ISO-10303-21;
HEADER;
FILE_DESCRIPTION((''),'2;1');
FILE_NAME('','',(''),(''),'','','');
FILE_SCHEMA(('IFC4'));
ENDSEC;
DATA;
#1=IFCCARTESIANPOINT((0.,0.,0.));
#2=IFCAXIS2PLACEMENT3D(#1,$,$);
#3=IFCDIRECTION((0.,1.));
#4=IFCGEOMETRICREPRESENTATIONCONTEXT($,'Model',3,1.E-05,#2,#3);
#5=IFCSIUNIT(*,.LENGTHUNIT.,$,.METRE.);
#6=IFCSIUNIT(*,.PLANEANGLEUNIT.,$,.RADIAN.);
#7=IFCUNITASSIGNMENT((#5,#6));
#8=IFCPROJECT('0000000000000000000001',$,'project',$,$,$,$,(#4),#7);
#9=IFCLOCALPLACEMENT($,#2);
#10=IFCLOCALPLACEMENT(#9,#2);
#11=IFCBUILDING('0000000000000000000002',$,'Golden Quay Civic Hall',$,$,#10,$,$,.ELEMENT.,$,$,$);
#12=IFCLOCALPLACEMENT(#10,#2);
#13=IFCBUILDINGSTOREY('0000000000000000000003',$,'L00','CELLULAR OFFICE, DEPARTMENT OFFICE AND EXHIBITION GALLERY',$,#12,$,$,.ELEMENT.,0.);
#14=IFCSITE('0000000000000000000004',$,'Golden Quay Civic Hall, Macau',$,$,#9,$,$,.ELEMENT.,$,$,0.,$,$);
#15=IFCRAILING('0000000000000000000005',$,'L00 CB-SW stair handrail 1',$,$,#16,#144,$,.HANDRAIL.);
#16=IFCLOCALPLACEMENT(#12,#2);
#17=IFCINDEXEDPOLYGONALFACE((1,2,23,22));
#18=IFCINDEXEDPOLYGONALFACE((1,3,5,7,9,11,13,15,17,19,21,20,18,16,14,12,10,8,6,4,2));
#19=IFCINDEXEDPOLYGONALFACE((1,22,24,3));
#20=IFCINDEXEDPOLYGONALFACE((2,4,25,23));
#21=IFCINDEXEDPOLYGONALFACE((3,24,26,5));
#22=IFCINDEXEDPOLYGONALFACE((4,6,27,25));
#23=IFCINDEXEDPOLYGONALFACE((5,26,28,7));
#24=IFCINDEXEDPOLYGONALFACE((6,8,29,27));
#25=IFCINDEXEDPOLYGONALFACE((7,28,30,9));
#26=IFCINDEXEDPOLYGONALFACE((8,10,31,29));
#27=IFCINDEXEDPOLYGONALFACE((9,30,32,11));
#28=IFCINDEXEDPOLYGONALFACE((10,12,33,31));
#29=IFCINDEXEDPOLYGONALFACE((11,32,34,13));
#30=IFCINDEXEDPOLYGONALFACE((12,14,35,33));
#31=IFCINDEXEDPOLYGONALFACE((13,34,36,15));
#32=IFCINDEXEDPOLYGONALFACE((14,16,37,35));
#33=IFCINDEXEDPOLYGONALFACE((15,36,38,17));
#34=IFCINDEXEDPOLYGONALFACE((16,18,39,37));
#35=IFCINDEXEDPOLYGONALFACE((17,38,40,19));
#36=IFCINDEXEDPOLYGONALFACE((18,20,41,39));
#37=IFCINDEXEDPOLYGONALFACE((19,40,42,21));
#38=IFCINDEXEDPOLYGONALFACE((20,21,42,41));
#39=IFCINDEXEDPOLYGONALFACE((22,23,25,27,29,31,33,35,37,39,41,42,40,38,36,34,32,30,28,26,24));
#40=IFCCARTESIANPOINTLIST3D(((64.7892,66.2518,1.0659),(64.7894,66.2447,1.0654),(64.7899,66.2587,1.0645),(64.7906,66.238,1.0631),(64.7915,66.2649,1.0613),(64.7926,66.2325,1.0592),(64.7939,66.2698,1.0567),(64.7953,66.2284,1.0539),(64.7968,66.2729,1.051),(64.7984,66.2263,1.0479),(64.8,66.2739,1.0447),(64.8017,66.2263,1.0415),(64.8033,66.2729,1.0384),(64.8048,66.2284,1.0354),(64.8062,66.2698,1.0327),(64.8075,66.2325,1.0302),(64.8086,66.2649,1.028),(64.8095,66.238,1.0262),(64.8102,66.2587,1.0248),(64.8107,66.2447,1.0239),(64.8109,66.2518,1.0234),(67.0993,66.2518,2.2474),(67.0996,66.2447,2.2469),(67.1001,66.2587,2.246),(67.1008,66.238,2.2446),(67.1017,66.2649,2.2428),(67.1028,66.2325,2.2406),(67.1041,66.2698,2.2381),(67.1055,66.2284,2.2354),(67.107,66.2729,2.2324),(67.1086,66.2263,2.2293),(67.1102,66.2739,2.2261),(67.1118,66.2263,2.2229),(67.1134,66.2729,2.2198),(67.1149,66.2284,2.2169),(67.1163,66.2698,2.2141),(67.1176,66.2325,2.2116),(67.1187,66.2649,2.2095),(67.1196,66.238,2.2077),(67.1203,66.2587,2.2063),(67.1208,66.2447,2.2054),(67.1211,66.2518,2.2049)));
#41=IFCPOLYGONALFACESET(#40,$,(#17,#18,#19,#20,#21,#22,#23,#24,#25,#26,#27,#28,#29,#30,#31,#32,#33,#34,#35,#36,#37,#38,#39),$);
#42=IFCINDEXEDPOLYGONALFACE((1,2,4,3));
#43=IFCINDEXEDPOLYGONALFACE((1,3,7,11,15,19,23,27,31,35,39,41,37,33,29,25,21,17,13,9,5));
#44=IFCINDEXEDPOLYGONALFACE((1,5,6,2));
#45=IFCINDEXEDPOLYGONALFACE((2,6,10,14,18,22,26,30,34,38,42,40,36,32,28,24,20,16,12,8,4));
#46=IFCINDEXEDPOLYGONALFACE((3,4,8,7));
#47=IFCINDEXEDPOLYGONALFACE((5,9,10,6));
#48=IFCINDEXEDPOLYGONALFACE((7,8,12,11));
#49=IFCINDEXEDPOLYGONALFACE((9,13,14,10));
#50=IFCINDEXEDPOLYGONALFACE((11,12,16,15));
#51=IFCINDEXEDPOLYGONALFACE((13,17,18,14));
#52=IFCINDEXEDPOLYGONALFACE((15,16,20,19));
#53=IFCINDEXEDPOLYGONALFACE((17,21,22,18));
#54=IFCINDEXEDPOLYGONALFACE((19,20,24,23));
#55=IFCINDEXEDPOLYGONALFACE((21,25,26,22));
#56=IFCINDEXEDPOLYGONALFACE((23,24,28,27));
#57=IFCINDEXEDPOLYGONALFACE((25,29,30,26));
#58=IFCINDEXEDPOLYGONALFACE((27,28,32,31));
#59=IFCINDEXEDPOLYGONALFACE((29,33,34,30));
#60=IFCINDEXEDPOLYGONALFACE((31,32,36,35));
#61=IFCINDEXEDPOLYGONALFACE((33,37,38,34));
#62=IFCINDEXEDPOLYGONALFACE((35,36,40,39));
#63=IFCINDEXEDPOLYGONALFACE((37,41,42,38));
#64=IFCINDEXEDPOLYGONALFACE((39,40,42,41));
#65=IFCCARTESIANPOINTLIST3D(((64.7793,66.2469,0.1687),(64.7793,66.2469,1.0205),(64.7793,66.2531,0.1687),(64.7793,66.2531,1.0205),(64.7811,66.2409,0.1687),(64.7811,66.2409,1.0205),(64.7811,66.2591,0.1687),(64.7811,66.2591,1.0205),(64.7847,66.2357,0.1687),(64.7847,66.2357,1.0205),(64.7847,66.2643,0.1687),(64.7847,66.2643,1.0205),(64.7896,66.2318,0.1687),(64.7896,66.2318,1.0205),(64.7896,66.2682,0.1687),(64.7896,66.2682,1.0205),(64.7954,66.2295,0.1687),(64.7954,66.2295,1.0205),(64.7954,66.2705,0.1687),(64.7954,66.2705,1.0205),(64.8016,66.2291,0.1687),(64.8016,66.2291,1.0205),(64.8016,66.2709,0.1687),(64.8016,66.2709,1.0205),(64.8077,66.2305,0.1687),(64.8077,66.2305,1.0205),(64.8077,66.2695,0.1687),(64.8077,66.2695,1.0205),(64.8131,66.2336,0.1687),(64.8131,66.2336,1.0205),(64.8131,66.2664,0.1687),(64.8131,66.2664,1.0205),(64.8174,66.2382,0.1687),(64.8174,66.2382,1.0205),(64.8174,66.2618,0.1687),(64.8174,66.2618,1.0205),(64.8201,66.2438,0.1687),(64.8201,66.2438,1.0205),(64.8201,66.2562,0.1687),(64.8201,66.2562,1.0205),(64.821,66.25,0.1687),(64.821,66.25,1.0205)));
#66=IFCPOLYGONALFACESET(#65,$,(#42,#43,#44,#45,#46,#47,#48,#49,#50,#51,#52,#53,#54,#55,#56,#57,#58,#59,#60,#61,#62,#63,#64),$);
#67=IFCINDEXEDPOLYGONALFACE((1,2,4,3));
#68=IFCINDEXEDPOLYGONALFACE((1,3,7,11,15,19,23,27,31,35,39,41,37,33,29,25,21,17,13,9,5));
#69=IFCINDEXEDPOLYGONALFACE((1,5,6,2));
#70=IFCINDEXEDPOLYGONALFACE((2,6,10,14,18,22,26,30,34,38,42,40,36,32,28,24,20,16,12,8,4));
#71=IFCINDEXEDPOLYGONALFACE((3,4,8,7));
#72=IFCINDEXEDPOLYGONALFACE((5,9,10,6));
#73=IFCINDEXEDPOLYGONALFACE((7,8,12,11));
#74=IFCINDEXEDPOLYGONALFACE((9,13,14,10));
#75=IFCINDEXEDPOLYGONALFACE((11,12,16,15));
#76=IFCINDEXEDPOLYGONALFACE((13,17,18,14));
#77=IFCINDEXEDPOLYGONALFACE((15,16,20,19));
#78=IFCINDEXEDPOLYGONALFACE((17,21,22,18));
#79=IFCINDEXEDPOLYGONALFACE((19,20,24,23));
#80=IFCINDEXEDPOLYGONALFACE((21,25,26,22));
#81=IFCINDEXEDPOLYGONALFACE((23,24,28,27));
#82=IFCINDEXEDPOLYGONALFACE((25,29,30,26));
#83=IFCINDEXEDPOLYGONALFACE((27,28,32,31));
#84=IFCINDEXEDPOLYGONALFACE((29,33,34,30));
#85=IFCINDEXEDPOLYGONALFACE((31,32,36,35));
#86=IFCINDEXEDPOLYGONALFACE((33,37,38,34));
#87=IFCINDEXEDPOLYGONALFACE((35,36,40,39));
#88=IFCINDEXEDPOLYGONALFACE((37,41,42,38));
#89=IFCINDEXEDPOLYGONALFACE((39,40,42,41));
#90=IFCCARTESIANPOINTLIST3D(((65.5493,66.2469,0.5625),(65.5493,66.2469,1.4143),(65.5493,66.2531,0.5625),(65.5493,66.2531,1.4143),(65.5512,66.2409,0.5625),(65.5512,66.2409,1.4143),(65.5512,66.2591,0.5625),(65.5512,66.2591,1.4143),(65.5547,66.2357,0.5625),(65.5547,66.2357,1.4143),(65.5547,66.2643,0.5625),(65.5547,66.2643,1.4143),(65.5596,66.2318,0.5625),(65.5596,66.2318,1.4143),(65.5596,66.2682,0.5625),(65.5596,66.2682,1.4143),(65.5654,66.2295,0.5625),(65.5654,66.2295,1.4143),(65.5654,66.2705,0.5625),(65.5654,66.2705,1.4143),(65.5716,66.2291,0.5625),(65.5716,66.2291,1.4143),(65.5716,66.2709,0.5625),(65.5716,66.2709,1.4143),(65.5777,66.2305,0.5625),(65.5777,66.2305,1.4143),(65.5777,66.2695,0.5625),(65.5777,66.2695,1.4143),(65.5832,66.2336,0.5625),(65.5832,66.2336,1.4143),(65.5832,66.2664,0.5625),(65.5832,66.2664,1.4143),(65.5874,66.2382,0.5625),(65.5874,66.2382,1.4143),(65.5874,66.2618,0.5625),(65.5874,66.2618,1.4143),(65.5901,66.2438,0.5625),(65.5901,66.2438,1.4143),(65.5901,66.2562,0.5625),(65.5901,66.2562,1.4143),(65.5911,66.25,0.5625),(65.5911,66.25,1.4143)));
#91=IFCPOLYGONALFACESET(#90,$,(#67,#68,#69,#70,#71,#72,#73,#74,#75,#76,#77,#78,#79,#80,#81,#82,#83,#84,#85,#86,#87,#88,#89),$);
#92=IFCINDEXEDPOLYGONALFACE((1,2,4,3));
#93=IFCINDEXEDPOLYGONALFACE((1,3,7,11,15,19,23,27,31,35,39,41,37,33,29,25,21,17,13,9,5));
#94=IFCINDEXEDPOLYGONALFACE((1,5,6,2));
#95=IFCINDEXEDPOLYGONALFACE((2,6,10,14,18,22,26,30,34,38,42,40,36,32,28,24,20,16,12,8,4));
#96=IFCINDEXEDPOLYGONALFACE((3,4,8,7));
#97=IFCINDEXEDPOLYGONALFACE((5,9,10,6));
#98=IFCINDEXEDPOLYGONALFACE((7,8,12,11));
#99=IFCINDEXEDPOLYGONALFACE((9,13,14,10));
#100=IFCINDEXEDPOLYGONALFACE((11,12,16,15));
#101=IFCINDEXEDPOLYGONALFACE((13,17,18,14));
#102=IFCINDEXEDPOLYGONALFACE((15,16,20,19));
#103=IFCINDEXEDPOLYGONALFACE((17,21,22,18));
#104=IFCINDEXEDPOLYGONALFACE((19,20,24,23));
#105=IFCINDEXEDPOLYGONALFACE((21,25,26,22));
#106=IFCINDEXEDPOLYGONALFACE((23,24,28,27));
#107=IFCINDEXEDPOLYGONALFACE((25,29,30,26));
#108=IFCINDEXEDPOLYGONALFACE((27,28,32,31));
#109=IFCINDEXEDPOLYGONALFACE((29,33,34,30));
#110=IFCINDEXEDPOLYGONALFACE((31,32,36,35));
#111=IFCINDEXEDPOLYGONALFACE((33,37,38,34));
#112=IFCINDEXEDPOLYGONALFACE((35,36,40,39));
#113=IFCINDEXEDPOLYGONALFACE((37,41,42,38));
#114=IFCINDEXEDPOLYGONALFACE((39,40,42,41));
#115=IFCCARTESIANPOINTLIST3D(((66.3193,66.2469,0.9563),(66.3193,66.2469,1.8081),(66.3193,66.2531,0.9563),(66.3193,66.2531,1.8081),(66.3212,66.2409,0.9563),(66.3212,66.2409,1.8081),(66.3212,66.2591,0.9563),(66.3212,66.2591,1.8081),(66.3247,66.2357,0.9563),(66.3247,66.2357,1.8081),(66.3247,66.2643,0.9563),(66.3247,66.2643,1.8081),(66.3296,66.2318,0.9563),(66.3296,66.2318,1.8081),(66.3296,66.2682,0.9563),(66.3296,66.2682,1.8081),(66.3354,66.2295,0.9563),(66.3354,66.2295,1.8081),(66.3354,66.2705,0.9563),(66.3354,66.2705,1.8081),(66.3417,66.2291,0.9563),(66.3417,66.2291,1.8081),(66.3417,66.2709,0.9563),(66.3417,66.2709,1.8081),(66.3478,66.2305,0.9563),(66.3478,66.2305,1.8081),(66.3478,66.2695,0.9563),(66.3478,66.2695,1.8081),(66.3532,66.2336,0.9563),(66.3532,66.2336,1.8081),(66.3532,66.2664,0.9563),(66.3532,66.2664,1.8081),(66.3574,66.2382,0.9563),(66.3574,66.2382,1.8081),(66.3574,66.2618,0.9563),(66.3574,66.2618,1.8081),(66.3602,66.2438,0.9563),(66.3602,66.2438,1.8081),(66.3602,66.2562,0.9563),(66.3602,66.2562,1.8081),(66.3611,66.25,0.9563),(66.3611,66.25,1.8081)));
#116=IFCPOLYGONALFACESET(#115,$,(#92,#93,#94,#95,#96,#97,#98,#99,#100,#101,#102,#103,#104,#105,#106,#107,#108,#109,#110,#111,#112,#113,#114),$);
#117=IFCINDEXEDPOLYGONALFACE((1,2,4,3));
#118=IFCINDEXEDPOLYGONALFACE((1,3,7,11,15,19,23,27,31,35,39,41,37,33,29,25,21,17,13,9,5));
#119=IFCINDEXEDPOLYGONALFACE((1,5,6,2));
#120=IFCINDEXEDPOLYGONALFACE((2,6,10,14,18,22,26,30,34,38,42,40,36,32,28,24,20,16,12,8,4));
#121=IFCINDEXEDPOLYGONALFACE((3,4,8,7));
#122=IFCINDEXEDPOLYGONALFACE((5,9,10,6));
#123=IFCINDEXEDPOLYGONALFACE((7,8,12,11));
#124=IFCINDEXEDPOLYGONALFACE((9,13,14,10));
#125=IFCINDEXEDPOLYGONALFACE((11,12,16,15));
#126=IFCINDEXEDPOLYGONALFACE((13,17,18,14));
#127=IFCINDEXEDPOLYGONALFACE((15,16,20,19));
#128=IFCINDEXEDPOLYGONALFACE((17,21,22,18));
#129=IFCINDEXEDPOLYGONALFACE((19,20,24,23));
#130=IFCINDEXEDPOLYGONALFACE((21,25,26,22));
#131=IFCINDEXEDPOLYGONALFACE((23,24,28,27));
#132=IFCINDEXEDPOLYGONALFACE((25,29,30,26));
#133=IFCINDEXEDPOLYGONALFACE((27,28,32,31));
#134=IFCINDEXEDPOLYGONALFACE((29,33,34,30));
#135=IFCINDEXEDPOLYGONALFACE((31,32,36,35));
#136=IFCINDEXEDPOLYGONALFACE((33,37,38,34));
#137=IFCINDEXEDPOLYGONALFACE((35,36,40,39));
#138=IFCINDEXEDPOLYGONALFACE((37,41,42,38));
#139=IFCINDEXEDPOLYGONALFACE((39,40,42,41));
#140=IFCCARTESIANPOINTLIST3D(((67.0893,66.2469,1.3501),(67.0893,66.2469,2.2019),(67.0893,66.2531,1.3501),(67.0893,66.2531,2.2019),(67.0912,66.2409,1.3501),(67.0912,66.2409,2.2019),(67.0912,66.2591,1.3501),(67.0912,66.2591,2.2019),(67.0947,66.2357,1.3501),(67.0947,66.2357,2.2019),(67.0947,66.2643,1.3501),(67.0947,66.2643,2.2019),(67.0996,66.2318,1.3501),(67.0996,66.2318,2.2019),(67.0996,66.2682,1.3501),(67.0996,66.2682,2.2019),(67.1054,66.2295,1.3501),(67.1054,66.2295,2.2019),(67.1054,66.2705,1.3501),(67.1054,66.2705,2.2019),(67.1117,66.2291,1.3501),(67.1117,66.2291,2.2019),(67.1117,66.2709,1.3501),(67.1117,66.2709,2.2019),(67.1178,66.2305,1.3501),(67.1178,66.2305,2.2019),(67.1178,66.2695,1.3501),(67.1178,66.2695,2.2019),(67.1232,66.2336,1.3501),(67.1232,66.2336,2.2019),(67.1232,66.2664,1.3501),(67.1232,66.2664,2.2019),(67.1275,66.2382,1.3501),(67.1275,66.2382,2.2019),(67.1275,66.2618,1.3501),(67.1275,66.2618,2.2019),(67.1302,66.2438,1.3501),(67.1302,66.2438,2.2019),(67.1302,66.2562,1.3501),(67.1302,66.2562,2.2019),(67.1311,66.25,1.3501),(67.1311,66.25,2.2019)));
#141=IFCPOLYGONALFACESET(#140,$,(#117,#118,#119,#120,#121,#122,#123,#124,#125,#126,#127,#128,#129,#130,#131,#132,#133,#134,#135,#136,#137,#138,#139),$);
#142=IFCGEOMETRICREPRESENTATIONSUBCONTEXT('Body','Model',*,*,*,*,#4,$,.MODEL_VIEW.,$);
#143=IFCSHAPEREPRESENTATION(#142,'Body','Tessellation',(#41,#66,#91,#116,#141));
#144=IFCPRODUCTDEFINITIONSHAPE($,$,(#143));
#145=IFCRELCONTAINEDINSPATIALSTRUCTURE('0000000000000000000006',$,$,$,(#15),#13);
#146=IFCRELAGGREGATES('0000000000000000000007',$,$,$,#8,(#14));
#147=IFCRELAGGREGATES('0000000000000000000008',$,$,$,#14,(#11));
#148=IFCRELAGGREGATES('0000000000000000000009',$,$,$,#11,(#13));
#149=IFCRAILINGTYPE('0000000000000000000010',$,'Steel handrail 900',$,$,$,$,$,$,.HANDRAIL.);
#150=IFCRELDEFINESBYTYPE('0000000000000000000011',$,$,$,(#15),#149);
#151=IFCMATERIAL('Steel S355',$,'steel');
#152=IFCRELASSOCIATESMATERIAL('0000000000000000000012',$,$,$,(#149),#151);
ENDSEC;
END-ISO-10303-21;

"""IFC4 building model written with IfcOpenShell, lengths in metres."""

from ifc_helpers import new_model, si_unit, direction, frame, origin, origin_2d, place, context, subcontext, project, spatial, circle, extrude, material, type_object, element, save


model = new_model("IFC4")

# Units and contexts
model_context = context("Model", 3, precision=1e-05, world=origin(), true_north=direction((0.0, 1.0)))
body_context = subcontext(model_context, "Body", "Model", "MODEL_VIEW")
ifc_project = project(units=[si_unit("LENGTHUNIT", "METRE"), si_unit("PLANEANGLEUNIT", "RADIAN")], contexts=[model_context])

# Site, building, storey
site_placement = place(None, origin())
site = spatial("IfcSite", under=ifc_project, at=site_placement, Name="Golden Quay Civic Hall, Macau", CompositionType="ELEMENT", RefElevation=0.0)
building_placement = place(site_placement, origin())
building = spatial("IfcBuilding", under=site, at=building_placement, Name="Golden Quay Civic Hall", CompositionType="ELEMENT")
storey_placement = place(building_placement, origin())
storey = spatial("IfcBuildingStorey", under=building, at=storey_placement, Name="L00", Description="CELLULAR OFFICE, DEPARTMENT OFFICE AND EXHIBITION GALLERY", CompositionType="ELEMENT", Elevation=0.0)

# Railing
ifc_material_1 = material(Name="Steel S355", Category="steel")
railing_type_1 = type_object("IfcRailingType", Name="Steel handrail 900", PredefinedType="HANDRAIL", material=ifc_material_1)
for number, where, name in (
    (1, (64.8, 66.25, 0.1687), "L00 CB-SW stair handrail 1"),
):
    element("IfcRailing", number, at=place(storey_placement, frame(where)), inside=storey, type_object=railing_type_1, Name=name, PredefinedType="HANDRAIL", context=body_context, shape_type="SweptSolid", body=[
        extrude(circle(Radius=0.0239, at=origin_2d()), frame((0.0, 0.0, 0.876), z_axis=(0.890325, 0.0, 0.455325), x_axis=(0.0, 1.0, 0.0)), (0.0, 0.0, 1.0), 2.5947),
        extrude(circle(Radius=0.021, at=origin_2d()), origin(), (0.0, 0.0, 1.0), 0.8518),
        extrude(circle(Radius=0.021, at=origin_2d()), frame((0.77, 0.0, 0.3938)), (0.0, 0.0, 1.0), 0.8518),
        extrude(circle(Radius=0.021, at=origin_2d()), frame((1.54, 0.0, 0.7876)), (0.0, 0.0, 1.0), 0.8518),
        extrude(circle(Radius=0.021, at=origin_2d()), frame((2.3101, 0.0, 1.1814)), (0.0, 0.0, 1.0), 0.8518),
    ])

save(model, "model.ifc")
